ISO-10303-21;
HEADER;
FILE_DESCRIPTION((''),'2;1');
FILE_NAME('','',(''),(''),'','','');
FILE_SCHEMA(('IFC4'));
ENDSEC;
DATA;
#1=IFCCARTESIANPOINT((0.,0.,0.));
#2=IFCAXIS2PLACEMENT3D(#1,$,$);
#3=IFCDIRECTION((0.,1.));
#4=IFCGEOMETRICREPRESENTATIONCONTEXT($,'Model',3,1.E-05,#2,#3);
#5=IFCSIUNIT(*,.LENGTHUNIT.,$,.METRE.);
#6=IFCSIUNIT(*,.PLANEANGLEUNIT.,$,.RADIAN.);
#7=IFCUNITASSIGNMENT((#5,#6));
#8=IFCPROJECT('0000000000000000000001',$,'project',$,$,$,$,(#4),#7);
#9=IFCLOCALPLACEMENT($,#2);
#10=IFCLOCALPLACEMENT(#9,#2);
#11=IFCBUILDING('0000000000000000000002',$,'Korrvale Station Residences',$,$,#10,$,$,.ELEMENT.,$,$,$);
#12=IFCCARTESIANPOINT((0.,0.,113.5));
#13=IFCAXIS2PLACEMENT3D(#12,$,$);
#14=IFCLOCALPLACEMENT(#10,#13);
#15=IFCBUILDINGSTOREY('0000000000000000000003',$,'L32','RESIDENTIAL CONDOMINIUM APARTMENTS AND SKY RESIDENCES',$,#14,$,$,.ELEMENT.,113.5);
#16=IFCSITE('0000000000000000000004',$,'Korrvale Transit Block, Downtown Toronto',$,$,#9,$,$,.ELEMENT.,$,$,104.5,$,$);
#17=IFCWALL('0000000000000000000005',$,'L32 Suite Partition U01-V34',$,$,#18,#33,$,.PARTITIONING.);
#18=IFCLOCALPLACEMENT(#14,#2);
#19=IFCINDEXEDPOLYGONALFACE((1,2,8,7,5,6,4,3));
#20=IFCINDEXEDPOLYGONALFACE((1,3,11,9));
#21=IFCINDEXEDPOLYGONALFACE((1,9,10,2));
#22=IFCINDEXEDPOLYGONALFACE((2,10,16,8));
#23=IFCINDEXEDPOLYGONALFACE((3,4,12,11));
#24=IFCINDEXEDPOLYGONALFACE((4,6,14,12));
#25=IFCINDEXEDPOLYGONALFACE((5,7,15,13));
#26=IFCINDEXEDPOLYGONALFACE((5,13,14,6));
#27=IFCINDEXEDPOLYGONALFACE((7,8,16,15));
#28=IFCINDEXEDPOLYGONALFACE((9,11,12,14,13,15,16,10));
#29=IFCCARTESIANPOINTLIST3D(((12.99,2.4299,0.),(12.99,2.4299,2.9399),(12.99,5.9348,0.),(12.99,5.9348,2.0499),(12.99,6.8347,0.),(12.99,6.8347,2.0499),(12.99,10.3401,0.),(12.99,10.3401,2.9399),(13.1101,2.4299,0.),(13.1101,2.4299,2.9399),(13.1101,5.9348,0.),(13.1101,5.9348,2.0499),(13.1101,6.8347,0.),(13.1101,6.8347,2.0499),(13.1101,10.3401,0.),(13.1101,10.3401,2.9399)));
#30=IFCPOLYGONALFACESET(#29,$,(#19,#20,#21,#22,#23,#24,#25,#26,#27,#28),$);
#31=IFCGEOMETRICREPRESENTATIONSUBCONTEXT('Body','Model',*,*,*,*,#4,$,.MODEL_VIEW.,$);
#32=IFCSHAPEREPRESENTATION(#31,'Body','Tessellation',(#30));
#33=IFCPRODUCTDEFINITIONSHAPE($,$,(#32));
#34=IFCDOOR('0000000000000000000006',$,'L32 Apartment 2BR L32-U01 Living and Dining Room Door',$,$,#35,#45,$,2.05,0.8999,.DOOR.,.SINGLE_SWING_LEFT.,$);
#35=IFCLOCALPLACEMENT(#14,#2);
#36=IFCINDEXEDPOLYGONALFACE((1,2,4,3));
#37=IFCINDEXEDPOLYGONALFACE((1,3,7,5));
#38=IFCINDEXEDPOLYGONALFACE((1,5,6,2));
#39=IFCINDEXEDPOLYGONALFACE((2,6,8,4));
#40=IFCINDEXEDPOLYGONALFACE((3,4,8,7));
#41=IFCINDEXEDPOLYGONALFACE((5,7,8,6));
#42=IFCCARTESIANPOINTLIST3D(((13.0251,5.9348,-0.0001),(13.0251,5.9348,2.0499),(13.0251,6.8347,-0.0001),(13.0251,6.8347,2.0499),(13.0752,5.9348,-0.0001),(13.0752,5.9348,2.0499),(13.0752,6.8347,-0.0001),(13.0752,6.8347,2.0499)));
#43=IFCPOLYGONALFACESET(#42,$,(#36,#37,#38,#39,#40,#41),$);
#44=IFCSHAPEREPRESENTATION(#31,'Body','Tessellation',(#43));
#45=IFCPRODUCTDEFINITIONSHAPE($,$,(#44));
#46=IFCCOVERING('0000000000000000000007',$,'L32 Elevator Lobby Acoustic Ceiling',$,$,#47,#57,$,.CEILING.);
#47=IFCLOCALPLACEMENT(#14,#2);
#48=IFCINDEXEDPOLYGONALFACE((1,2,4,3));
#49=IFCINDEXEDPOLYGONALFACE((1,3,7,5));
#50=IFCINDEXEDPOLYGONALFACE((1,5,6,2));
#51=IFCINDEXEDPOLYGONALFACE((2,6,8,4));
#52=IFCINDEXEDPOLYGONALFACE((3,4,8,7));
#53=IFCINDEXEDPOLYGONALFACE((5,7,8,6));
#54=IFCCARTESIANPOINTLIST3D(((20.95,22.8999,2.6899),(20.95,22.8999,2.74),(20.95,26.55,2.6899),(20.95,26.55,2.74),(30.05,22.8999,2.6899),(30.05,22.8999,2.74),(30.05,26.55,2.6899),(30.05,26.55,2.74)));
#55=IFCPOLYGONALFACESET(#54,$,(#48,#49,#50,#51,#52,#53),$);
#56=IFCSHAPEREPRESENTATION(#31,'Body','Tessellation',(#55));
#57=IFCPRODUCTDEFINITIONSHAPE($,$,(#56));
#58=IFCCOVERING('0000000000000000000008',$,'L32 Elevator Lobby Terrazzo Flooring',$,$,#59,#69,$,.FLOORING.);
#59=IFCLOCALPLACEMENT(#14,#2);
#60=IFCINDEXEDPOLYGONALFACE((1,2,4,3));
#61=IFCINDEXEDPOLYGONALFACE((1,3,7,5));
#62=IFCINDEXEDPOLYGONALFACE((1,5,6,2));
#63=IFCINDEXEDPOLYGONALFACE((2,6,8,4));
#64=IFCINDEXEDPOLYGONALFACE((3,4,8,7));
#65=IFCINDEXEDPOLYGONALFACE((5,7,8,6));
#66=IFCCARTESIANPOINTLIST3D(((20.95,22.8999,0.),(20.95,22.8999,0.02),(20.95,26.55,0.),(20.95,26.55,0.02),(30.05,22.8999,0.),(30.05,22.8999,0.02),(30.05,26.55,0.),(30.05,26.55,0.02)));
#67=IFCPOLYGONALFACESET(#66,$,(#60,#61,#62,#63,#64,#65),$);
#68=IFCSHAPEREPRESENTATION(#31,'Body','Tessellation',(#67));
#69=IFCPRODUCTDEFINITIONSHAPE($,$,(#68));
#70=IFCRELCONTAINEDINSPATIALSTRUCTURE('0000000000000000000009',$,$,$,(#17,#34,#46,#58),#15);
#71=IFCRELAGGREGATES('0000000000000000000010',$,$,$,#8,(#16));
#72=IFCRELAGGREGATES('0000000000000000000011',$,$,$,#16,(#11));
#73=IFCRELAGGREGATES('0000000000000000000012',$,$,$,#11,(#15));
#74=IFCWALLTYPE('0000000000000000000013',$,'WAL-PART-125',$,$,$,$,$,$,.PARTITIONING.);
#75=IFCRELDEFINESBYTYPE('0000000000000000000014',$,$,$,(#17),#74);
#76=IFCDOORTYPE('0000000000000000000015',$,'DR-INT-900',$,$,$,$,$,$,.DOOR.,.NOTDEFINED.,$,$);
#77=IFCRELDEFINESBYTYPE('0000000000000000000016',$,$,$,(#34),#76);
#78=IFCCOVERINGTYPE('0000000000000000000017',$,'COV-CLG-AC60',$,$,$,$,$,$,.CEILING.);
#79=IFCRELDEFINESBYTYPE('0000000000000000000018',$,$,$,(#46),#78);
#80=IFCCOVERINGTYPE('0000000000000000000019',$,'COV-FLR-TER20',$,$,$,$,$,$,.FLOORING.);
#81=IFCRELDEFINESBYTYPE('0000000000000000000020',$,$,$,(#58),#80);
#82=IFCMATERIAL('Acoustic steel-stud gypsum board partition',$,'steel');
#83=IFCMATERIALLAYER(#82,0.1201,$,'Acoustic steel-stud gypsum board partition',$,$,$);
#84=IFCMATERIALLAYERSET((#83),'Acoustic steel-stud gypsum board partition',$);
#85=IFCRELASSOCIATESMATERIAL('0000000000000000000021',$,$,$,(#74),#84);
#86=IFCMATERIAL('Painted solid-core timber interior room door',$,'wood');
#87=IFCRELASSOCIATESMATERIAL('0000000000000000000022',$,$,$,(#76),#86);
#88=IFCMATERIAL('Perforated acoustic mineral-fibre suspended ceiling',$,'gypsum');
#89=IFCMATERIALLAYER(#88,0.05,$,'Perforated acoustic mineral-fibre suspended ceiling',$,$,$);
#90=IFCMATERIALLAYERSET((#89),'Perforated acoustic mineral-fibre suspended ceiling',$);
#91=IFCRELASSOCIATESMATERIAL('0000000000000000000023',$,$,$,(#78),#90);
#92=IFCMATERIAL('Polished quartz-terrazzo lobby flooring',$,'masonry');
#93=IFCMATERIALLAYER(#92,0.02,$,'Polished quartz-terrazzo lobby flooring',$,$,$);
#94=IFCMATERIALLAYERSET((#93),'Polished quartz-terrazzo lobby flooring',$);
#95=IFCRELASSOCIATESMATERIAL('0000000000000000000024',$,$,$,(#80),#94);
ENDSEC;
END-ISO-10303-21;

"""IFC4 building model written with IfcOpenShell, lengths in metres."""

from ifc_helpers import new_model, si_unit, direction, frame, frame_2d, origin, place, context, subcontext, project, spatial, polyline, rectangle, outline, extrude, material, layer, layer_set, type_object, element, fill, save


model = new_model("IFC4")

# Units and contexts
model_context = context("Model", 3, precision=1e-05, world=origin(), true_north=direction((0.0, 1.0)))
body_context = subcontext(model_context, "Body", "Model", "MODEL_VIEW")
ifc_project = project(units=[si_unit("LENGTHUNIT", "METRE"), si_unit("PLANEANGLEUNIT", "RADIAN")], contexts=[model_context])

# Site, building, storey
site_placement = place(None, origin())
site = spatial("IfcSite", under=ifc_project, at=site_placement, Name="Korrvale Transit Block, Downtown Toronto", CompositionType="ELEMENT", RefElevation=104.5)
building_placement = place(site_placement, origin())
building = spatial("IfcBuilding", under=site, at=building_placement, Name="Korrvale Station Residences", CompositionType="ELEMENT")
storey_placement = place(building_placement, frame((0.0, 0.0, 113.5)))
storey = spatial("IfcBuildingStorey", under=building, at=storey_placement, Name="L32", Description="RESIDENTIAL CONDOMINIUM APARTMENTS AND SKY RESIDENCES", CompositionType="ELEMENT", Elevation=113.5)

# Wall, opening, door
ifc_material_1 = material(Name="Acoustic steel-stud gypsum board partition", Category="steel")
ifc_layer_1 = layer(ifc_material_1, 0.1201, Name="Acoustic steel-stud gypsum board partition")
ifc_layer_set_1 = layer_set([ifc_layer_1], Name="Acoustic steel-stud gypsum board partition")
wall_type_1 = type_object("IfcWallType", Name="WAL-PART-125", PredefinedType="PARTITIONING", material=ifc_layer_set_1)
wall_1_placement = place(storey_placement, frame((13.05, 2.4299, 0.0), z_axis=(0.0, 0.0, 1.0), x_axis=(0.0, 1.0, 0.0)))
wall_1 = element("IfcWall", 1, at=wall_1_placement, inside=storey, type_object=wall_type_1, Name="L32 Suite Partition U01-V34", PredefinedType="PARTITIONING", context=body_context, shape_type="SweptSolid", body=[
    extrude(rectangle(XDim=7.9102, YDim=0.1201, at=frame_2d((3.9551, 0.0))), origin(), (0.0, 0.0, 1.0), 2.9399),
])
opening_1_placement = place(wall_1_placement, frame((3.5049, 0.0, 0.0)))
opening_1 = element("IfcOpeningElement", 2, at=opening_1_placement, cuts=wall_1, PredefinedType="OPENING", context=body_context, shape_type="SweptSolid", body=[
    extrude(rectangle(XDim=0.8999, YDim=2.05, at=frame_2d((0.45, 1.0249))), frame((0.0, 0.0701, 0.0), z_axis=(0.0, -1.0, 0.0), x_axis=(1.0, 0.0, 0.0)), (0.0, 0.0, 1.0), 0.1401),
])
ifc_material_2 = material(Name="Painted solid-core timber interior room door", Category="wood")
door_type = type_object("IfcDoorType", Name="DR-INT-900", OperationType="NOTDEFINED", PredefinedType="DOOR", material=ifc_material_2)
door_placement = place(opening_1_placement, origin())
door = element("IfcDoor", 3, at=door_placement, inside=storey, type_object=door_type, Name="L32 Apartment 2BR L32-U01 Living and Dining Room Door", OperationType="SINGLE_SWING_LEFT", OverallHeight=2.05, OverallWidth=0.8999, PredefinedType="DOOR", context=body_context, shape_type="SweptSolid", body=[
    extrude(rectangle(XDim=0.8999, YDim=2.05, at=frame_2d((0.45, 1.0249))), frame((0.0, 0.0249, 0.0), z_axis=(0.0, -1.0, 0.0), x_axis=(1.0, 0.0, 0.0)), (0.0, 0.0, 1.0), 0.05),
])
fill(opening_1, door)

# Coverings
ifc_material_3 = material(Name="Perforated acoustic mineral-fibre suspended ceiling", Category="gypsum")
ifc_layer_2 = layer(ifc_material_3, 0.05, Name="Perforated acoustic mineral-fibre suspended ceiling")
ifc_layer_set_2 = layer_set([ifc_layer_2], Name="Perforated acoustic mineral-fibre suspended ceiling")
covering_type_1 = type_object("IfcCoveringType", Name="COV-CLG-AC60", PredefinedType="CEILING", material=ifc_layer_set_2)
covering_1_placement = place(storey_placement, frame((0.0, 0.0, 2.6899)))
element("IfcCovering", 4, at=covering_1_placement, inside=storey, type_object=covering_type_1, Name="L32 Elevator Lobby Acoustic Ceiling", PredefinedType="CEILING", context=body_context, shape_type="SweptSolid", body=[
    extrude(outline(polyline([(20.95, 22.8999), (30.05, 22.8999), (30.05, 26.55), (20.95, 26.55), (20.95, 22.8999)])), origin(), (0.0, 0.0, 1.0), 0.05),
])
ifc_material_4 = material(Name="Polished quartz-terrazzo lobby flooring", Category="masonry")
ifc_layer_3 = layer(ifc_material_4, 0.02, Name="Polished quartz-terrazzo lobby flooring")
ifc_layer_set_3 = layer_set([ifc_layer_3], Name="Polished quartz-terrazzo lobby flooring")
covering_type_2 = type_object("IfcCoveringType", Name="COV-FLR-TER20", PredefinedType="FLOORING", material=ifc_layer_set_3)
covering_2_placement = place(storey_placement, origin())
element("IfcCovering", 5, at=covering_2_placement, inside=storey, type_object=covering_type_2, Name="L32 Elevator Lobby Terrazzo Flooring", PredefinedType="FLOORING", context=body_context, shape_type="SweptSolid", body=[
    extrude(outline(polyline([(20.95, 22.8999), (30.05, 22.8999), (30.05, 26.55), (20.95, 26.55), (20.95, 22.8999)])), origin(), (0.0, 0.0, 1.0), 0.02),
])

save(model, "model.ifc")
